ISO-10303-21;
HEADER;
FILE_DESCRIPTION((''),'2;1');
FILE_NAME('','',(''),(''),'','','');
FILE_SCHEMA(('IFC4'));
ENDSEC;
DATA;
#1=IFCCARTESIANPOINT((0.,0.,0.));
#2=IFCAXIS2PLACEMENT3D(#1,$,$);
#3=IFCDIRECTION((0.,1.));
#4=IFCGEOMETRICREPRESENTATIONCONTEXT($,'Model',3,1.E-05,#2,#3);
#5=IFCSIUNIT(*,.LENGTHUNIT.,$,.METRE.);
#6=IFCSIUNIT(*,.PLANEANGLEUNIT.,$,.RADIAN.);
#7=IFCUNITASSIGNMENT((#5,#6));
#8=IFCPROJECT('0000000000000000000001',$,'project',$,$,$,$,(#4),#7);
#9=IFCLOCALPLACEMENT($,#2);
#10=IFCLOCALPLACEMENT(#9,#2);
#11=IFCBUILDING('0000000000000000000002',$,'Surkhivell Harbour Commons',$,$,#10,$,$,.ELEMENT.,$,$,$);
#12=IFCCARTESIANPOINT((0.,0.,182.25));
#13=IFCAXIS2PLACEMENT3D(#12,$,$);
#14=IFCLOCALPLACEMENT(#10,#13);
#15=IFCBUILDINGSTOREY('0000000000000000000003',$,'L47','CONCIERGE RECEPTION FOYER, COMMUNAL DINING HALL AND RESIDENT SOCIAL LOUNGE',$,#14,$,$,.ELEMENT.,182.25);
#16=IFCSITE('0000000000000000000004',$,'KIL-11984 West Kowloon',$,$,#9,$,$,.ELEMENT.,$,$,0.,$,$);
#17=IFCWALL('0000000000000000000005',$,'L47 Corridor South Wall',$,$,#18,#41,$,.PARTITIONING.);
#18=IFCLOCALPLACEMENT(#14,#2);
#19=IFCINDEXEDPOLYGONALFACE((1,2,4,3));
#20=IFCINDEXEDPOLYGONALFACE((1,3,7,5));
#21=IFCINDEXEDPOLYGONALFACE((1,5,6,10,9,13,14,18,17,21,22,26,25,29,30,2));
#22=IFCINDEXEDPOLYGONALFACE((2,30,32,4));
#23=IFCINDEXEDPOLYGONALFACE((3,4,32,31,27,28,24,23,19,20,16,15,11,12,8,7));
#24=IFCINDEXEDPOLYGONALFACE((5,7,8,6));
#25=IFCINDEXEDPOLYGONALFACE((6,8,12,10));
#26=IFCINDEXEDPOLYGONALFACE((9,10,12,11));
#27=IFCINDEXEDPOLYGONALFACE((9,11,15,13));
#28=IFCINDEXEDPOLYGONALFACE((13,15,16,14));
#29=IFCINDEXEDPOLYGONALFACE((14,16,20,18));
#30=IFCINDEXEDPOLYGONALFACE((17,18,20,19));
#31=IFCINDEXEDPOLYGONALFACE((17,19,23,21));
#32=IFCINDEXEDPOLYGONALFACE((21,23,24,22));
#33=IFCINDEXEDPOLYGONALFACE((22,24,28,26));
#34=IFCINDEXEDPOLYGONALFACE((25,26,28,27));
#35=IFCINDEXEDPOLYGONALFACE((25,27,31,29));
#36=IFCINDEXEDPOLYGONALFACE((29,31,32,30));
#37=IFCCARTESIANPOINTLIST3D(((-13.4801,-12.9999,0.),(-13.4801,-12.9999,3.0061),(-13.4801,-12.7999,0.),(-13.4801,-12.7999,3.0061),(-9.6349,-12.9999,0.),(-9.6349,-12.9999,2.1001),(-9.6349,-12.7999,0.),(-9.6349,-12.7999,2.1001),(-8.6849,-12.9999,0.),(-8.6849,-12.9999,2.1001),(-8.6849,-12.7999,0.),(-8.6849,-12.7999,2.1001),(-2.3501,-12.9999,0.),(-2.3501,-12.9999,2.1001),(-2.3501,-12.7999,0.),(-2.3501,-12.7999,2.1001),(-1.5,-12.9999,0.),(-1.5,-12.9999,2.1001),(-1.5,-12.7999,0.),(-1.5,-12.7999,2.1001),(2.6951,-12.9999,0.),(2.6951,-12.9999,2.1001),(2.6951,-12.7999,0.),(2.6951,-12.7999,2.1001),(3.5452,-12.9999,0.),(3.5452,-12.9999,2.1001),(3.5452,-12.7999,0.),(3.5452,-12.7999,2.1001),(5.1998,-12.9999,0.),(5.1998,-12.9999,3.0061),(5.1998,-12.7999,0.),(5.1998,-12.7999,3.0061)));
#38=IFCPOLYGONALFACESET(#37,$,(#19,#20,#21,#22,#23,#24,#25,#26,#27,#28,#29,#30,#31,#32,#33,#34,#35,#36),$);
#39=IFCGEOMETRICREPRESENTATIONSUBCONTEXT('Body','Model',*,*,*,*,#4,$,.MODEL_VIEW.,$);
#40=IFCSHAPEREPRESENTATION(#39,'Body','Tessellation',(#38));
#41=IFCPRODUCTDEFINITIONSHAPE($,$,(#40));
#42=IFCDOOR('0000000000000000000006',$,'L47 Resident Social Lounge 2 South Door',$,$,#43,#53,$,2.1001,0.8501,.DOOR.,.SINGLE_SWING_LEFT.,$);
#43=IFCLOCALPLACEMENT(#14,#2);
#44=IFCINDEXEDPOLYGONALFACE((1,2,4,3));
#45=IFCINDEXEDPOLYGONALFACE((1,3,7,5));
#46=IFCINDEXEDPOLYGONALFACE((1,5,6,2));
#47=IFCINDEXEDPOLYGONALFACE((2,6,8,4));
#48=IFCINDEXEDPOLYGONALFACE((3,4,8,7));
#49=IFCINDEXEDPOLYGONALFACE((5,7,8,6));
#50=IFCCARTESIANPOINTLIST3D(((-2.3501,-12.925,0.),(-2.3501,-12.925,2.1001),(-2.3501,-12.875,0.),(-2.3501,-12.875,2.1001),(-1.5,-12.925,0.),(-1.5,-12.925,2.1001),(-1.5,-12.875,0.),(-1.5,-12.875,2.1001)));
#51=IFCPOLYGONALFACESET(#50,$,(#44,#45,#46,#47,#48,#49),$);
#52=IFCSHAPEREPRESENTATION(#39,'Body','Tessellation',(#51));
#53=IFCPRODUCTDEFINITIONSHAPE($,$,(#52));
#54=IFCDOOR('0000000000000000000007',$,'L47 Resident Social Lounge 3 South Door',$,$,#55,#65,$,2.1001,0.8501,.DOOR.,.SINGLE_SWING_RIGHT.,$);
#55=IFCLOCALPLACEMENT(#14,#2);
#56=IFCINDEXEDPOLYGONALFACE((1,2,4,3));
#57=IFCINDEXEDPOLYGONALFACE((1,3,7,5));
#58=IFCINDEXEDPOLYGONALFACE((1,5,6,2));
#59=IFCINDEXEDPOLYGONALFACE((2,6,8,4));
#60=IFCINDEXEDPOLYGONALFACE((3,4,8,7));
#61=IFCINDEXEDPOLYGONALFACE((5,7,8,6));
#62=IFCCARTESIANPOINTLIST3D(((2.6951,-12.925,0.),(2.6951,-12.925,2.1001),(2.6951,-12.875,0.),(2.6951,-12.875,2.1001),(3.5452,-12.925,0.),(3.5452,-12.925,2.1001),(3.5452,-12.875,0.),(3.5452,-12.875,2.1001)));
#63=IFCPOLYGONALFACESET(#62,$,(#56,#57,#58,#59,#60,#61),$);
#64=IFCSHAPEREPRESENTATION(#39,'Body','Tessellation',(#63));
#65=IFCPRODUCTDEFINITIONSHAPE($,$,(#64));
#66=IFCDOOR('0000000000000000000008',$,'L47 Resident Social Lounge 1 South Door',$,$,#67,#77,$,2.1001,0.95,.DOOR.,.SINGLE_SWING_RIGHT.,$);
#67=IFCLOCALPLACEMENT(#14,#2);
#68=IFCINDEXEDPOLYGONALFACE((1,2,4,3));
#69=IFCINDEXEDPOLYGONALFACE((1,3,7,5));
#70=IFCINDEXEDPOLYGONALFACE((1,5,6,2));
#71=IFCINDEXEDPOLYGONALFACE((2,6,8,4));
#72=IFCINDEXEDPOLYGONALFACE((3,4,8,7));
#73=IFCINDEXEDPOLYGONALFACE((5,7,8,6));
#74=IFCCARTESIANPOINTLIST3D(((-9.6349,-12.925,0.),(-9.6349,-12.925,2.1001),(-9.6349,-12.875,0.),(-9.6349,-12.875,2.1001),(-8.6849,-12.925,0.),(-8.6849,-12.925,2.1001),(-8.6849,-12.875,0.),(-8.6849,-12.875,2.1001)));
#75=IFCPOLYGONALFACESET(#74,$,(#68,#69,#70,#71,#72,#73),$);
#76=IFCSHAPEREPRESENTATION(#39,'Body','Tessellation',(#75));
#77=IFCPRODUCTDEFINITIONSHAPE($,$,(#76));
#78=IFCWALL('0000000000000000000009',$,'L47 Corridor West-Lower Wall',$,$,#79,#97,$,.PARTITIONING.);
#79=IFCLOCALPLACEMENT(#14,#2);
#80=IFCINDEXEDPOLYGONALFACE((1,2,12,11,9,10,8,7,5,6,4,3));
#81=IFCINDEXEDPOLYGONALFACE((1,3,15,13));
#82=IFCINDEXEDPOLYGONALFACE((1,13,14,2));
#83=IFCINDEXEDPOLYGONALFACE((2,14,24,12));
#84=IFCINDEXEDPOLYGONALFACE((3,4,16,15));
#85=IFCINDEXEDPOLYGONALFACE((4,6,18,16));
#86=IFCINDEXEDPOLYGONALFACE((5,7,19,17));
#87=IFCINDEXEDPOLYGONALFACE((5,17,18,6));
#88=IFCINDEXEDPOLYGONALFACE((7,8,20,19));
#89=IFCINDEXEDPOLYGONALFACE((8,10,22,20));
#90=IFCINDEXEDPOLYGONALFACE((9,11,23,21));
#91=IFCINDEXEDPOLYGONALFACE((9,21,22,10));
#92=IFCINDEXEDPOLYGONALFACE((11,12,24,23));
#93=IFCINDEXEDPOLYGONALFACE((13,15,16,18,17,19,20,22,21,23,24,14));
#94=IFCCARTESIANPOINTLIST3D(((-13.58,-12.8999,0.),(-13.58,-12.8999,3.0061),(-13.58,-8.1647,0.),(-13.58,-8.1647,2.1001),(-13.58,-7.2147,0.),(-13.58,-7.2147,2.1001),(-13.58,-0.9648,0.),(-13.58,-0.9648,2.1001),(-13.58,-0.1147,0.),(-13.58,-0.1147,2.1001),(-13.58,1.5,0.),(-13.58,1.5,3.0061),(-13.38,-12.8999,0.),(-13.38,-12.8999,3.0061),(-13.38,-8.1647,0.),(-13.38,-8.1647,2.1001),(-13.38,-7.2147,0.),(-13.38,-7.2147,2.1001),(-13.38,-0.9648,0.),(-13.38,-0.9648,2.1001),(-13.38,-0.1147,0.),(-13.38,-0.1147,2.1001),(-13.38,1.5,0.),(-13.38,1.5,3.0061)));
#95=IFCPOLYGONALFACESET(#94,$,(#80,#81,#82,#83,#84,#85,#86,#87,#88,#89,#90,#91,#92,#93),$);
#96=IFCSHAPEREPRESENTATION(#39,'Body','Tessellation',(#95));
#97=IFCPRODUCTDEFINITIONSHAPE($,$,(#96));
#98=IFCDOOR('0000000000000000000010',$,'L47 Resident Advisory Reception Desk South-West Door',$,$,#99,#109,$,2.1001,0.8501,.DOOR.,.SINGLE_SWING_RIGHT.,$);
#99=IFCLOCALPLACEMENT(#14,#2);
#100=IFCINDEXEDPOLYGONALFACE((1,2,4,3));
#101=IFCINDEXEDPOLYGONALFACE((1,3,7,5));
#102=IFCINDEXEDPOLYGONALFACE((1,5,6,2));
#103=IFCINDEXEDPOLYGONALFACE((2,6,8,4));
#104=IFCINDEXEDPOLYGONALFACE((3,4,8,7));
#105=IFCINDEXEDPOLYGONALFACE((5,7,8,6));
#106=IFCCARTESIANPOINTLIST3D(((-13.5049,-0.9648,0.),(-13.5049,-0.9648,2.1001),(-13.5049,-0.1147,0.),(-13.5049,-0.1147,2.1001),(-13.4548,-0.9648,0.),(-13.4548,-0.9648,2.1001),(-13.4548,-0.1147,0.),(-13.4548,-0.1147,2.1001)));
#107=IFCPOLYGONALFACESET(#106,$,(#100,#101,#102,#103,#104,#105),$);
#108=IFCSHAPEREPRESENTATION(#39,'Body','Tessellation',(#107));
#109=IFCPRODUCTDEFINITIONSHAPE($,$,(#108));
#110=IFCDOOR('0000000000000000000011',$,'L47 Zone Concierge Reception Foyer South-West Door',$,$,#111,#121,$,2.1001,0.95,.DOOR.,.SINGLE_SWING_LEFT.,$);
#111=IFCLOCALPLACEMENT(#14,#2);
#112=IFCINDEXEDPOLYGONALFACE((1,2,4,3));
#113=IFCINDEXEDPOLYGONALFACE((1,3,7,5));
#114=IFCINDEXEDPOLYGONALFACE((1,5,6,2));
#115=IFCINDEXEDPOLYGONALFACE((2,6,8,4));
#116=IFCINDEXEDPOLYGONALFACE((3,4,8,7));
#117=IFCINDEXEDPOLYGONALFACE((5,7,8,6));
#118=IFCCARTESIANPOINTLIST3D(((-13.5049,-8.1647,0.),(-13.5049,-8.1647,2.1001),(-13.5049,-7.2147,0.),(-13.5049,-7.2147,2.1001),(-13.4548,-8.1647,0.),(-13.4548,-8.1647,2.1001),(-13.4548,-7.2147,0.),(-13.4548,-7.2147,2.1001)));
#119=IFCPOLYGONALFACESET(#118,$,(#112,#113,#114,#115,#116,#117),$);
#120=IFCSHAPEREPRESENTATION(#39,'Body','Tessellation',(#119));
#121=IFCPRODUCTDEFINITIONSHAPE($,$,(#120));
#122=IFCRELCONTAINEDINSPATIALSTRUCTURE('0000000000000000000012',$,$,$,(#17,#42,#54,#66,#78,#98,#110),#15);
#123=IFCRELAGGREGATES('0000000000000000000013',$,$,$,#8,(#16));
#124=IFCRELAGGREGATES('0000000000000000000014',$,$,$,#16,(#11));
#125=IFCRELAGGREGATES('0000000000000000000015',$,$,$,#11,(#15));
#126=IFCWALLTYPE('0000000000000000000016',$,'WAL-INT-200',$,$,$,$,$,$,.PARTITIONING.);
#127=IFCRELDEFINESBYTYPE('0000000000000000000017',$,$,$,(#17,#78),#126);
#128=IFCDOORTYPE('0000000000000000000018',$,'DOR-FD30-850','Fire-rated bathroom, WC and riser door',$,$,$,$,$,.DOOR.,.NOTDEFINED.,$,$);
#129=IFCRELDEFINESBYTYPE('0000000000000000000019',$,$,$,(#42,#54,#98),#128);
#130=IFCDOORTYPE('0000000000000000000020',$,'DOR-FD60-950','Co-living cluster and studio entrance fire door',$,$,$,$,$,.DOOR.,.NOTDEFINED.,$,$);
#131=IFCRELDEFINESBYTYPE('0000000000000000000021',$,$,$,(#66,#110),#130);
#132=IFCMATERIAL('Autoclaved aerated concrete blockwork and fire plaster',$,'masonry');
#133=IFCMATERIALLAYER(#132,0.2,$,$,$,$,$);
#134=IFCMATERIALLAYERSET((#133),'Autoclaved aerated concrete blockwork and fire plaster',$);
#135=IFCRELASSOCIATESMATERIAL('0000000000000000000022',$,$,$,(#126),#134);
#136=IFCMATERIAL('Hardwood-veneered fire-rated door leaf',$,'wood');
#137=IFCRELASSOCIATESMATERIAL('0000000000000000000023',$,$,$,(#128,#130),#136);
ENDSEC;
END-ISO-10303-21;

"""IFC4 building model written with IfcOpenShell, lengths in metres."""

from ifc_helpers import new_model, si_unit, direction, frame, frame_2d, origin, place, context, subcontext, project, spatial, rectangle, extrude, material, layer, layer_set, type_object, element, fill, save


model = new_model("IFC4")

# Units and contexts
model_context = context("Model", 3, precision=1e-05, world=origin(), true_north=direction((0.0, 1.0)))
body_context = subcontext(model_context, "Body", "Model", "MODEL_VIEW")
ifc_project = project(units=[si_unit("LENGTHUNIT", "METRE"), si_unit("PLANEANGLEUNIT", "RADIAN")], contexts=[model_context])

# Site, building, storey
site_placement = place(None, origin())
site = spatial("IfcSite", under=ifc_project, at=site_placement, Name="KIL-11984 West Kowloon", CompositionType="ELEMENT", RefElevation=0.0)
building_placement = place(site_placement, origin())
building = spatial("IfcBuilding", under=site, at=building_placement, Name="Surkhivell Harbour Commons", CompositionType="ELEMENT")
storey_placement = place(building_placement, frame((0.0, 0.0, 182.25)))
storey = spatial("IfcBuildingStorey", under=building, at=storey_placement, Name="L47", Description="CONCIERGE RECEPTION FOYER, COMMUNAL DINING HALL AND RESIDENT SOCIAL LOUNGE", CompositionType="ELEMENT", Elevation=182.25)

# Walls, openings, doors
ifc_material_1 = material(Name="Autoclaved aerated concrete blockwork and fire plaster", Category="masonry")
ifc_layer_1 = layer(ifc_material_1, 0.2)
ifc_layer_set_1 = layer_set([ifc_layer_1], Name="Autoclaved aerated concrete blockwork and fire plaster")
wall_type_1 = type_object("IfcWallType", Name="WAL-INT-200", PredefinedType="PARTITIONING", material=ifc_layer_set_1)
wall_1_placement = place(storey_placement, frame((-13.48, -12.8999, 0.0), z_axis=(0.0, 0.0, 1.0), x_axis=(1.0, 0.0, 0.0)))
wall_1 = element("IfcWall", 1, at=wall_1_placement, inside=storey, type_object=wall_type_1, Name="L47 Corridor South Wall", PredefinedType="PARTITIONING", context=body_context, shape_type="SweptSolid", body=[
    extrude(rectangle(XDim=18.6799, YDim=0.2, at=frame_2d((9.3398, 0.0))), origin(), (0.0, 0.0, 1.0), 3.0061),
])
opening_1_placement = place(wall_1_placement, frame((3.845, 0.0, 0.0)))
opening_1 = element("IfcOpeningElement", 2, at=opening_1_placement, cuts=wall_1, PredefinedType="OPENING", context=body_context, shape_type="SweptSolid", body=[
    extrude(rectangle(XDim=0.95, YDim=2.1001, at=frame_2d((0.4751, 1.05))), frame((0.0, 0.1099, 0.0), z_axis=(0.0, -1.0, 0.0), x_axis=(1.0, 0.0, 0.0)), (0.0, 0.0, 1.0), 0.22),
])
opening_2_placement = place(wall_1_placement, frame((11.1299, 0.0, 0.0)))
opening_2 = element("IfcOpeningElement", 3, at=opening_2_placement, cuts=wall_1, PredefinedType="OPENING", context=body_context, shape_type="SweptSolid", body=[
    extrude(rectangle(XDim=0.8501, YDim=2.1001, at=frame_2d((0.425, 1.05))), frame((0.0, 0.1099, 0.0), z_axis=(0.0, -1.0, 0.0), x_axis=(1.0, 0.0, 0.0)), (0.0, 0.0, 1.0), 0.22),
])
opening_3_placement = place(wall_1_placement, frame((16.175, 0.0, 0.0)))
opening_3 = element("IfcOpeningElement", 4, at=opening_3_placement, cuts=wall_1, PredefinedType="OPENING", context=body_context, shape_type="SweptSolid", body=[
    extrude(rectangle(XDim=0.8501, YDim=2.1001, at=frame_2d((0.425, 1.05))), frame((0.0, 0.1099, 0.0), z_axis=(0.0, -1.0, 0.0), x_axis=(1.0, 0.0, 0.0)), (0.0, 0.0, 1.0), 0.22),
])
ifc_material_2 = material(Name="Hardwood-veneered fire-rated door leaf", Category="wood")
door_type_1 = type_object("IfcDoorType", Name="DOR-FD30-850", Description="Fire-rated bathroom, WC and riser door", OperationType="NOTDEFINED", PredefinedType="DOOR", material=ifc_material_2)
door_1_placement = place(opening_2_placement, origin())
door_1 = element("IfcDoor", 5, at=door_1_placement, inside=storey, type_object=door_type_1, Name="L47 Resident Social Lounge 2 South Door", OperationType="SINGLE_SWING_LEFT", OverallHeight=2.1001, OverallWidth=0.8501, PredefinedType="DOOR", context=body_context, shape_type="SweptSolid", body=[
    extrude(rectangle(XDim=0.8501, YDim=2.1001, at=frame_2d((0.425, 1.05))), frame((0.0, 0.0249, 0.0), z_axis=(0.0, -1.0, 0.0), x_axis=(1.0, 0.0, 0.0)), (0.0, 0.0, 1.0), 0.05),
])
fill(opening_2, door_1)
door_2_placement = place(opening_3_placement, origin())
door_2 = element("IfcDoor", 6, at=door_2_placement, inside=storey, type_object=door_type_1, Name="L47 Resident Social Lounge 3 South Door", OperationType="SINGLE_SWING_RIGHT", OverallHeight=2.1001, OverallWidth=0.8501, PredefinedType="DOOR", context=body_context, shape_type="SweptSolid", body=[
    extrude(rectangle(XDim=0.8501, YDim=2.1001, at=frame_2d((0.425, 1.05))), frame((0.0, 0.0249, 0.0), z_axis=(0.0, -1.0, 0.0), x_axis=(1.0, 0.0, 0.0)), (0.0, 0.0, 1.0), 0.05),
])
fill(opening_3, door_2)
door_type_2 = type_object("IfcDoorType", Name="DOR-FD60-950", Description="Co-living cluster and studio entrance fire door", OperationType="NOTDEFINED", PredefinedType="DOOR", material=ifc_material_2)
door_3_placement = place(opening_1_placement, origin())
door_3 = element("IfcDoor", 7, at=door_3_placement, inside=storey, type_object=door_type_2, Name="L47 Resident Social Lounge 1 South Door", OperationType="SINGLE_SWING_RIGHT", OverallHeight=2.1001, OverallWidth=0.95, PredefinedType="DOOR", context=body_context, shape_type="SweptSolid", body=[
    extrude(rectangle(XDim=0.95, YDim=2.1001, at=frame_2d((0.4751, 1.05))), frame((0.0, 0.0249, 0.0), z_axis=(0.0, -1.0, 0.0), x_axis=(1.0, 0.0, 0.0)), (0.0, 0.0, 1.0), 0.05),
])
fill(opening_1, door_3)
wall_2_placement = place(storey_placement, frame((-13.48, -12.8999, 0.0), z_axis=(0.0, 0.0, 1.0), x_axis=(0.0, 1.0, 0.0)))
wall_2 = element("IfcWall", 8, at=wall_2_placement, inside=storey, type_object=wall_type_1, Name="L47 Corridor West-Lower Wall", PredefinedType="PARTITIONING", context=body_context, shape_type="SweptSolid", body=[
    extrude(rectangle(XDim=14.3999, YDim=0.2, at=frame_2d((7.2, 0.0))), origin(), (0.0, 0.0, 1.0), 3.0061),
])
opening_4_placement = place(wall_2_placement, frame((4.7351, 0.0, 0.0)))
opening_4 = element("IfcOpeningElement", 9, at=opening_4_placement, cuts=wall_2, PredefinedType="OPENING", context=body_context, shape_type="SweptSolid", body=[
    extrude(rectangle(XDim=0.95, YDim=2.1001, at=frame_2d((0.4751, 1.05))), frame((0.0, 0.1099, 0.0), z_axis=(0.0, -1.0, 0.0), x_axis=(1.0, 0.0, 0.0)), (0.0, 0.0, 1.0), 0.22),
])
opening_5_placement = place(wall_2_placement, frame((11.9351, 0.0, 0.0)))
opening_5 = element("IfcOpeningElement", 10, at=opening_5_placement, cuts=wall_2, PredefinedType="OPENING", context=body_context, shape_type="SweptSolid", body=[
    extrude(rectangle(XDim=0.8501, YDim=2.1001, at=frame_2d((0.425, 1.05))), frame((0.0, 0.1099, 0.0), z_axis=(0.0, -1.0, 0.0), x_axis=(1.0, 0.0, 0.0)), (0.0, 0.0, 1.0), 0.22),
])
door_4_placement = place(opening_5_placement, origin())
door_4 = element("IfcDoor", 11, at=door_4_placement, inside=storey, type_object=door_type_1, Name="L47 Resident Advisory Reception Desk South-West Door", OperationType="SINGLE_SWING_RIGHT", OverallHeight=2.1001, OverallWidth=0.8501, PredefinedType="DOOR", context=body_context, shape_type="SweptSolid", body=[
    extrude(rectangle(XDim=0.8501, YDim=2.1001, at=frame_2d((0.425, 1.05))), frame((0.0, 0.0249, 0.0), z_axis=(0.0, -1.0, 0.0), x_axis=(1.0, 0.0, 0.0)), (0.0, 0.0, 1.0), 0.05),
])
fill(opening_5, door_4)
door_5_placement = place(opening_4_placement, origin())
door_5 = element("IfcDoor", 12, at=door_5_placement, inside=storey, type_object=door_type_2, Name="L47 Zone Concierge Reception Foyer South-West Door", OperationType="SINGLE_SWING_LEFT", OverallHeight=2.1001, OverallWidth=0.95, PredefinedType="DOOR", context=body_context, shape_type="SweptSolid", body=[
    extrude(rectangle(XDim=0.95, YDim=2.1001, at=frame_2d((0.4751, 1.05))), frame((0.0, 0.0249, 0.0), z_axis=(0.0, -1.0, 0.0), x_axis=(1.0, 0.0, 0.0)), (0.0, 0.0, 1.0), 0.05),
])
fill(opening_4, door_5)

save(model, "model.ifc")
